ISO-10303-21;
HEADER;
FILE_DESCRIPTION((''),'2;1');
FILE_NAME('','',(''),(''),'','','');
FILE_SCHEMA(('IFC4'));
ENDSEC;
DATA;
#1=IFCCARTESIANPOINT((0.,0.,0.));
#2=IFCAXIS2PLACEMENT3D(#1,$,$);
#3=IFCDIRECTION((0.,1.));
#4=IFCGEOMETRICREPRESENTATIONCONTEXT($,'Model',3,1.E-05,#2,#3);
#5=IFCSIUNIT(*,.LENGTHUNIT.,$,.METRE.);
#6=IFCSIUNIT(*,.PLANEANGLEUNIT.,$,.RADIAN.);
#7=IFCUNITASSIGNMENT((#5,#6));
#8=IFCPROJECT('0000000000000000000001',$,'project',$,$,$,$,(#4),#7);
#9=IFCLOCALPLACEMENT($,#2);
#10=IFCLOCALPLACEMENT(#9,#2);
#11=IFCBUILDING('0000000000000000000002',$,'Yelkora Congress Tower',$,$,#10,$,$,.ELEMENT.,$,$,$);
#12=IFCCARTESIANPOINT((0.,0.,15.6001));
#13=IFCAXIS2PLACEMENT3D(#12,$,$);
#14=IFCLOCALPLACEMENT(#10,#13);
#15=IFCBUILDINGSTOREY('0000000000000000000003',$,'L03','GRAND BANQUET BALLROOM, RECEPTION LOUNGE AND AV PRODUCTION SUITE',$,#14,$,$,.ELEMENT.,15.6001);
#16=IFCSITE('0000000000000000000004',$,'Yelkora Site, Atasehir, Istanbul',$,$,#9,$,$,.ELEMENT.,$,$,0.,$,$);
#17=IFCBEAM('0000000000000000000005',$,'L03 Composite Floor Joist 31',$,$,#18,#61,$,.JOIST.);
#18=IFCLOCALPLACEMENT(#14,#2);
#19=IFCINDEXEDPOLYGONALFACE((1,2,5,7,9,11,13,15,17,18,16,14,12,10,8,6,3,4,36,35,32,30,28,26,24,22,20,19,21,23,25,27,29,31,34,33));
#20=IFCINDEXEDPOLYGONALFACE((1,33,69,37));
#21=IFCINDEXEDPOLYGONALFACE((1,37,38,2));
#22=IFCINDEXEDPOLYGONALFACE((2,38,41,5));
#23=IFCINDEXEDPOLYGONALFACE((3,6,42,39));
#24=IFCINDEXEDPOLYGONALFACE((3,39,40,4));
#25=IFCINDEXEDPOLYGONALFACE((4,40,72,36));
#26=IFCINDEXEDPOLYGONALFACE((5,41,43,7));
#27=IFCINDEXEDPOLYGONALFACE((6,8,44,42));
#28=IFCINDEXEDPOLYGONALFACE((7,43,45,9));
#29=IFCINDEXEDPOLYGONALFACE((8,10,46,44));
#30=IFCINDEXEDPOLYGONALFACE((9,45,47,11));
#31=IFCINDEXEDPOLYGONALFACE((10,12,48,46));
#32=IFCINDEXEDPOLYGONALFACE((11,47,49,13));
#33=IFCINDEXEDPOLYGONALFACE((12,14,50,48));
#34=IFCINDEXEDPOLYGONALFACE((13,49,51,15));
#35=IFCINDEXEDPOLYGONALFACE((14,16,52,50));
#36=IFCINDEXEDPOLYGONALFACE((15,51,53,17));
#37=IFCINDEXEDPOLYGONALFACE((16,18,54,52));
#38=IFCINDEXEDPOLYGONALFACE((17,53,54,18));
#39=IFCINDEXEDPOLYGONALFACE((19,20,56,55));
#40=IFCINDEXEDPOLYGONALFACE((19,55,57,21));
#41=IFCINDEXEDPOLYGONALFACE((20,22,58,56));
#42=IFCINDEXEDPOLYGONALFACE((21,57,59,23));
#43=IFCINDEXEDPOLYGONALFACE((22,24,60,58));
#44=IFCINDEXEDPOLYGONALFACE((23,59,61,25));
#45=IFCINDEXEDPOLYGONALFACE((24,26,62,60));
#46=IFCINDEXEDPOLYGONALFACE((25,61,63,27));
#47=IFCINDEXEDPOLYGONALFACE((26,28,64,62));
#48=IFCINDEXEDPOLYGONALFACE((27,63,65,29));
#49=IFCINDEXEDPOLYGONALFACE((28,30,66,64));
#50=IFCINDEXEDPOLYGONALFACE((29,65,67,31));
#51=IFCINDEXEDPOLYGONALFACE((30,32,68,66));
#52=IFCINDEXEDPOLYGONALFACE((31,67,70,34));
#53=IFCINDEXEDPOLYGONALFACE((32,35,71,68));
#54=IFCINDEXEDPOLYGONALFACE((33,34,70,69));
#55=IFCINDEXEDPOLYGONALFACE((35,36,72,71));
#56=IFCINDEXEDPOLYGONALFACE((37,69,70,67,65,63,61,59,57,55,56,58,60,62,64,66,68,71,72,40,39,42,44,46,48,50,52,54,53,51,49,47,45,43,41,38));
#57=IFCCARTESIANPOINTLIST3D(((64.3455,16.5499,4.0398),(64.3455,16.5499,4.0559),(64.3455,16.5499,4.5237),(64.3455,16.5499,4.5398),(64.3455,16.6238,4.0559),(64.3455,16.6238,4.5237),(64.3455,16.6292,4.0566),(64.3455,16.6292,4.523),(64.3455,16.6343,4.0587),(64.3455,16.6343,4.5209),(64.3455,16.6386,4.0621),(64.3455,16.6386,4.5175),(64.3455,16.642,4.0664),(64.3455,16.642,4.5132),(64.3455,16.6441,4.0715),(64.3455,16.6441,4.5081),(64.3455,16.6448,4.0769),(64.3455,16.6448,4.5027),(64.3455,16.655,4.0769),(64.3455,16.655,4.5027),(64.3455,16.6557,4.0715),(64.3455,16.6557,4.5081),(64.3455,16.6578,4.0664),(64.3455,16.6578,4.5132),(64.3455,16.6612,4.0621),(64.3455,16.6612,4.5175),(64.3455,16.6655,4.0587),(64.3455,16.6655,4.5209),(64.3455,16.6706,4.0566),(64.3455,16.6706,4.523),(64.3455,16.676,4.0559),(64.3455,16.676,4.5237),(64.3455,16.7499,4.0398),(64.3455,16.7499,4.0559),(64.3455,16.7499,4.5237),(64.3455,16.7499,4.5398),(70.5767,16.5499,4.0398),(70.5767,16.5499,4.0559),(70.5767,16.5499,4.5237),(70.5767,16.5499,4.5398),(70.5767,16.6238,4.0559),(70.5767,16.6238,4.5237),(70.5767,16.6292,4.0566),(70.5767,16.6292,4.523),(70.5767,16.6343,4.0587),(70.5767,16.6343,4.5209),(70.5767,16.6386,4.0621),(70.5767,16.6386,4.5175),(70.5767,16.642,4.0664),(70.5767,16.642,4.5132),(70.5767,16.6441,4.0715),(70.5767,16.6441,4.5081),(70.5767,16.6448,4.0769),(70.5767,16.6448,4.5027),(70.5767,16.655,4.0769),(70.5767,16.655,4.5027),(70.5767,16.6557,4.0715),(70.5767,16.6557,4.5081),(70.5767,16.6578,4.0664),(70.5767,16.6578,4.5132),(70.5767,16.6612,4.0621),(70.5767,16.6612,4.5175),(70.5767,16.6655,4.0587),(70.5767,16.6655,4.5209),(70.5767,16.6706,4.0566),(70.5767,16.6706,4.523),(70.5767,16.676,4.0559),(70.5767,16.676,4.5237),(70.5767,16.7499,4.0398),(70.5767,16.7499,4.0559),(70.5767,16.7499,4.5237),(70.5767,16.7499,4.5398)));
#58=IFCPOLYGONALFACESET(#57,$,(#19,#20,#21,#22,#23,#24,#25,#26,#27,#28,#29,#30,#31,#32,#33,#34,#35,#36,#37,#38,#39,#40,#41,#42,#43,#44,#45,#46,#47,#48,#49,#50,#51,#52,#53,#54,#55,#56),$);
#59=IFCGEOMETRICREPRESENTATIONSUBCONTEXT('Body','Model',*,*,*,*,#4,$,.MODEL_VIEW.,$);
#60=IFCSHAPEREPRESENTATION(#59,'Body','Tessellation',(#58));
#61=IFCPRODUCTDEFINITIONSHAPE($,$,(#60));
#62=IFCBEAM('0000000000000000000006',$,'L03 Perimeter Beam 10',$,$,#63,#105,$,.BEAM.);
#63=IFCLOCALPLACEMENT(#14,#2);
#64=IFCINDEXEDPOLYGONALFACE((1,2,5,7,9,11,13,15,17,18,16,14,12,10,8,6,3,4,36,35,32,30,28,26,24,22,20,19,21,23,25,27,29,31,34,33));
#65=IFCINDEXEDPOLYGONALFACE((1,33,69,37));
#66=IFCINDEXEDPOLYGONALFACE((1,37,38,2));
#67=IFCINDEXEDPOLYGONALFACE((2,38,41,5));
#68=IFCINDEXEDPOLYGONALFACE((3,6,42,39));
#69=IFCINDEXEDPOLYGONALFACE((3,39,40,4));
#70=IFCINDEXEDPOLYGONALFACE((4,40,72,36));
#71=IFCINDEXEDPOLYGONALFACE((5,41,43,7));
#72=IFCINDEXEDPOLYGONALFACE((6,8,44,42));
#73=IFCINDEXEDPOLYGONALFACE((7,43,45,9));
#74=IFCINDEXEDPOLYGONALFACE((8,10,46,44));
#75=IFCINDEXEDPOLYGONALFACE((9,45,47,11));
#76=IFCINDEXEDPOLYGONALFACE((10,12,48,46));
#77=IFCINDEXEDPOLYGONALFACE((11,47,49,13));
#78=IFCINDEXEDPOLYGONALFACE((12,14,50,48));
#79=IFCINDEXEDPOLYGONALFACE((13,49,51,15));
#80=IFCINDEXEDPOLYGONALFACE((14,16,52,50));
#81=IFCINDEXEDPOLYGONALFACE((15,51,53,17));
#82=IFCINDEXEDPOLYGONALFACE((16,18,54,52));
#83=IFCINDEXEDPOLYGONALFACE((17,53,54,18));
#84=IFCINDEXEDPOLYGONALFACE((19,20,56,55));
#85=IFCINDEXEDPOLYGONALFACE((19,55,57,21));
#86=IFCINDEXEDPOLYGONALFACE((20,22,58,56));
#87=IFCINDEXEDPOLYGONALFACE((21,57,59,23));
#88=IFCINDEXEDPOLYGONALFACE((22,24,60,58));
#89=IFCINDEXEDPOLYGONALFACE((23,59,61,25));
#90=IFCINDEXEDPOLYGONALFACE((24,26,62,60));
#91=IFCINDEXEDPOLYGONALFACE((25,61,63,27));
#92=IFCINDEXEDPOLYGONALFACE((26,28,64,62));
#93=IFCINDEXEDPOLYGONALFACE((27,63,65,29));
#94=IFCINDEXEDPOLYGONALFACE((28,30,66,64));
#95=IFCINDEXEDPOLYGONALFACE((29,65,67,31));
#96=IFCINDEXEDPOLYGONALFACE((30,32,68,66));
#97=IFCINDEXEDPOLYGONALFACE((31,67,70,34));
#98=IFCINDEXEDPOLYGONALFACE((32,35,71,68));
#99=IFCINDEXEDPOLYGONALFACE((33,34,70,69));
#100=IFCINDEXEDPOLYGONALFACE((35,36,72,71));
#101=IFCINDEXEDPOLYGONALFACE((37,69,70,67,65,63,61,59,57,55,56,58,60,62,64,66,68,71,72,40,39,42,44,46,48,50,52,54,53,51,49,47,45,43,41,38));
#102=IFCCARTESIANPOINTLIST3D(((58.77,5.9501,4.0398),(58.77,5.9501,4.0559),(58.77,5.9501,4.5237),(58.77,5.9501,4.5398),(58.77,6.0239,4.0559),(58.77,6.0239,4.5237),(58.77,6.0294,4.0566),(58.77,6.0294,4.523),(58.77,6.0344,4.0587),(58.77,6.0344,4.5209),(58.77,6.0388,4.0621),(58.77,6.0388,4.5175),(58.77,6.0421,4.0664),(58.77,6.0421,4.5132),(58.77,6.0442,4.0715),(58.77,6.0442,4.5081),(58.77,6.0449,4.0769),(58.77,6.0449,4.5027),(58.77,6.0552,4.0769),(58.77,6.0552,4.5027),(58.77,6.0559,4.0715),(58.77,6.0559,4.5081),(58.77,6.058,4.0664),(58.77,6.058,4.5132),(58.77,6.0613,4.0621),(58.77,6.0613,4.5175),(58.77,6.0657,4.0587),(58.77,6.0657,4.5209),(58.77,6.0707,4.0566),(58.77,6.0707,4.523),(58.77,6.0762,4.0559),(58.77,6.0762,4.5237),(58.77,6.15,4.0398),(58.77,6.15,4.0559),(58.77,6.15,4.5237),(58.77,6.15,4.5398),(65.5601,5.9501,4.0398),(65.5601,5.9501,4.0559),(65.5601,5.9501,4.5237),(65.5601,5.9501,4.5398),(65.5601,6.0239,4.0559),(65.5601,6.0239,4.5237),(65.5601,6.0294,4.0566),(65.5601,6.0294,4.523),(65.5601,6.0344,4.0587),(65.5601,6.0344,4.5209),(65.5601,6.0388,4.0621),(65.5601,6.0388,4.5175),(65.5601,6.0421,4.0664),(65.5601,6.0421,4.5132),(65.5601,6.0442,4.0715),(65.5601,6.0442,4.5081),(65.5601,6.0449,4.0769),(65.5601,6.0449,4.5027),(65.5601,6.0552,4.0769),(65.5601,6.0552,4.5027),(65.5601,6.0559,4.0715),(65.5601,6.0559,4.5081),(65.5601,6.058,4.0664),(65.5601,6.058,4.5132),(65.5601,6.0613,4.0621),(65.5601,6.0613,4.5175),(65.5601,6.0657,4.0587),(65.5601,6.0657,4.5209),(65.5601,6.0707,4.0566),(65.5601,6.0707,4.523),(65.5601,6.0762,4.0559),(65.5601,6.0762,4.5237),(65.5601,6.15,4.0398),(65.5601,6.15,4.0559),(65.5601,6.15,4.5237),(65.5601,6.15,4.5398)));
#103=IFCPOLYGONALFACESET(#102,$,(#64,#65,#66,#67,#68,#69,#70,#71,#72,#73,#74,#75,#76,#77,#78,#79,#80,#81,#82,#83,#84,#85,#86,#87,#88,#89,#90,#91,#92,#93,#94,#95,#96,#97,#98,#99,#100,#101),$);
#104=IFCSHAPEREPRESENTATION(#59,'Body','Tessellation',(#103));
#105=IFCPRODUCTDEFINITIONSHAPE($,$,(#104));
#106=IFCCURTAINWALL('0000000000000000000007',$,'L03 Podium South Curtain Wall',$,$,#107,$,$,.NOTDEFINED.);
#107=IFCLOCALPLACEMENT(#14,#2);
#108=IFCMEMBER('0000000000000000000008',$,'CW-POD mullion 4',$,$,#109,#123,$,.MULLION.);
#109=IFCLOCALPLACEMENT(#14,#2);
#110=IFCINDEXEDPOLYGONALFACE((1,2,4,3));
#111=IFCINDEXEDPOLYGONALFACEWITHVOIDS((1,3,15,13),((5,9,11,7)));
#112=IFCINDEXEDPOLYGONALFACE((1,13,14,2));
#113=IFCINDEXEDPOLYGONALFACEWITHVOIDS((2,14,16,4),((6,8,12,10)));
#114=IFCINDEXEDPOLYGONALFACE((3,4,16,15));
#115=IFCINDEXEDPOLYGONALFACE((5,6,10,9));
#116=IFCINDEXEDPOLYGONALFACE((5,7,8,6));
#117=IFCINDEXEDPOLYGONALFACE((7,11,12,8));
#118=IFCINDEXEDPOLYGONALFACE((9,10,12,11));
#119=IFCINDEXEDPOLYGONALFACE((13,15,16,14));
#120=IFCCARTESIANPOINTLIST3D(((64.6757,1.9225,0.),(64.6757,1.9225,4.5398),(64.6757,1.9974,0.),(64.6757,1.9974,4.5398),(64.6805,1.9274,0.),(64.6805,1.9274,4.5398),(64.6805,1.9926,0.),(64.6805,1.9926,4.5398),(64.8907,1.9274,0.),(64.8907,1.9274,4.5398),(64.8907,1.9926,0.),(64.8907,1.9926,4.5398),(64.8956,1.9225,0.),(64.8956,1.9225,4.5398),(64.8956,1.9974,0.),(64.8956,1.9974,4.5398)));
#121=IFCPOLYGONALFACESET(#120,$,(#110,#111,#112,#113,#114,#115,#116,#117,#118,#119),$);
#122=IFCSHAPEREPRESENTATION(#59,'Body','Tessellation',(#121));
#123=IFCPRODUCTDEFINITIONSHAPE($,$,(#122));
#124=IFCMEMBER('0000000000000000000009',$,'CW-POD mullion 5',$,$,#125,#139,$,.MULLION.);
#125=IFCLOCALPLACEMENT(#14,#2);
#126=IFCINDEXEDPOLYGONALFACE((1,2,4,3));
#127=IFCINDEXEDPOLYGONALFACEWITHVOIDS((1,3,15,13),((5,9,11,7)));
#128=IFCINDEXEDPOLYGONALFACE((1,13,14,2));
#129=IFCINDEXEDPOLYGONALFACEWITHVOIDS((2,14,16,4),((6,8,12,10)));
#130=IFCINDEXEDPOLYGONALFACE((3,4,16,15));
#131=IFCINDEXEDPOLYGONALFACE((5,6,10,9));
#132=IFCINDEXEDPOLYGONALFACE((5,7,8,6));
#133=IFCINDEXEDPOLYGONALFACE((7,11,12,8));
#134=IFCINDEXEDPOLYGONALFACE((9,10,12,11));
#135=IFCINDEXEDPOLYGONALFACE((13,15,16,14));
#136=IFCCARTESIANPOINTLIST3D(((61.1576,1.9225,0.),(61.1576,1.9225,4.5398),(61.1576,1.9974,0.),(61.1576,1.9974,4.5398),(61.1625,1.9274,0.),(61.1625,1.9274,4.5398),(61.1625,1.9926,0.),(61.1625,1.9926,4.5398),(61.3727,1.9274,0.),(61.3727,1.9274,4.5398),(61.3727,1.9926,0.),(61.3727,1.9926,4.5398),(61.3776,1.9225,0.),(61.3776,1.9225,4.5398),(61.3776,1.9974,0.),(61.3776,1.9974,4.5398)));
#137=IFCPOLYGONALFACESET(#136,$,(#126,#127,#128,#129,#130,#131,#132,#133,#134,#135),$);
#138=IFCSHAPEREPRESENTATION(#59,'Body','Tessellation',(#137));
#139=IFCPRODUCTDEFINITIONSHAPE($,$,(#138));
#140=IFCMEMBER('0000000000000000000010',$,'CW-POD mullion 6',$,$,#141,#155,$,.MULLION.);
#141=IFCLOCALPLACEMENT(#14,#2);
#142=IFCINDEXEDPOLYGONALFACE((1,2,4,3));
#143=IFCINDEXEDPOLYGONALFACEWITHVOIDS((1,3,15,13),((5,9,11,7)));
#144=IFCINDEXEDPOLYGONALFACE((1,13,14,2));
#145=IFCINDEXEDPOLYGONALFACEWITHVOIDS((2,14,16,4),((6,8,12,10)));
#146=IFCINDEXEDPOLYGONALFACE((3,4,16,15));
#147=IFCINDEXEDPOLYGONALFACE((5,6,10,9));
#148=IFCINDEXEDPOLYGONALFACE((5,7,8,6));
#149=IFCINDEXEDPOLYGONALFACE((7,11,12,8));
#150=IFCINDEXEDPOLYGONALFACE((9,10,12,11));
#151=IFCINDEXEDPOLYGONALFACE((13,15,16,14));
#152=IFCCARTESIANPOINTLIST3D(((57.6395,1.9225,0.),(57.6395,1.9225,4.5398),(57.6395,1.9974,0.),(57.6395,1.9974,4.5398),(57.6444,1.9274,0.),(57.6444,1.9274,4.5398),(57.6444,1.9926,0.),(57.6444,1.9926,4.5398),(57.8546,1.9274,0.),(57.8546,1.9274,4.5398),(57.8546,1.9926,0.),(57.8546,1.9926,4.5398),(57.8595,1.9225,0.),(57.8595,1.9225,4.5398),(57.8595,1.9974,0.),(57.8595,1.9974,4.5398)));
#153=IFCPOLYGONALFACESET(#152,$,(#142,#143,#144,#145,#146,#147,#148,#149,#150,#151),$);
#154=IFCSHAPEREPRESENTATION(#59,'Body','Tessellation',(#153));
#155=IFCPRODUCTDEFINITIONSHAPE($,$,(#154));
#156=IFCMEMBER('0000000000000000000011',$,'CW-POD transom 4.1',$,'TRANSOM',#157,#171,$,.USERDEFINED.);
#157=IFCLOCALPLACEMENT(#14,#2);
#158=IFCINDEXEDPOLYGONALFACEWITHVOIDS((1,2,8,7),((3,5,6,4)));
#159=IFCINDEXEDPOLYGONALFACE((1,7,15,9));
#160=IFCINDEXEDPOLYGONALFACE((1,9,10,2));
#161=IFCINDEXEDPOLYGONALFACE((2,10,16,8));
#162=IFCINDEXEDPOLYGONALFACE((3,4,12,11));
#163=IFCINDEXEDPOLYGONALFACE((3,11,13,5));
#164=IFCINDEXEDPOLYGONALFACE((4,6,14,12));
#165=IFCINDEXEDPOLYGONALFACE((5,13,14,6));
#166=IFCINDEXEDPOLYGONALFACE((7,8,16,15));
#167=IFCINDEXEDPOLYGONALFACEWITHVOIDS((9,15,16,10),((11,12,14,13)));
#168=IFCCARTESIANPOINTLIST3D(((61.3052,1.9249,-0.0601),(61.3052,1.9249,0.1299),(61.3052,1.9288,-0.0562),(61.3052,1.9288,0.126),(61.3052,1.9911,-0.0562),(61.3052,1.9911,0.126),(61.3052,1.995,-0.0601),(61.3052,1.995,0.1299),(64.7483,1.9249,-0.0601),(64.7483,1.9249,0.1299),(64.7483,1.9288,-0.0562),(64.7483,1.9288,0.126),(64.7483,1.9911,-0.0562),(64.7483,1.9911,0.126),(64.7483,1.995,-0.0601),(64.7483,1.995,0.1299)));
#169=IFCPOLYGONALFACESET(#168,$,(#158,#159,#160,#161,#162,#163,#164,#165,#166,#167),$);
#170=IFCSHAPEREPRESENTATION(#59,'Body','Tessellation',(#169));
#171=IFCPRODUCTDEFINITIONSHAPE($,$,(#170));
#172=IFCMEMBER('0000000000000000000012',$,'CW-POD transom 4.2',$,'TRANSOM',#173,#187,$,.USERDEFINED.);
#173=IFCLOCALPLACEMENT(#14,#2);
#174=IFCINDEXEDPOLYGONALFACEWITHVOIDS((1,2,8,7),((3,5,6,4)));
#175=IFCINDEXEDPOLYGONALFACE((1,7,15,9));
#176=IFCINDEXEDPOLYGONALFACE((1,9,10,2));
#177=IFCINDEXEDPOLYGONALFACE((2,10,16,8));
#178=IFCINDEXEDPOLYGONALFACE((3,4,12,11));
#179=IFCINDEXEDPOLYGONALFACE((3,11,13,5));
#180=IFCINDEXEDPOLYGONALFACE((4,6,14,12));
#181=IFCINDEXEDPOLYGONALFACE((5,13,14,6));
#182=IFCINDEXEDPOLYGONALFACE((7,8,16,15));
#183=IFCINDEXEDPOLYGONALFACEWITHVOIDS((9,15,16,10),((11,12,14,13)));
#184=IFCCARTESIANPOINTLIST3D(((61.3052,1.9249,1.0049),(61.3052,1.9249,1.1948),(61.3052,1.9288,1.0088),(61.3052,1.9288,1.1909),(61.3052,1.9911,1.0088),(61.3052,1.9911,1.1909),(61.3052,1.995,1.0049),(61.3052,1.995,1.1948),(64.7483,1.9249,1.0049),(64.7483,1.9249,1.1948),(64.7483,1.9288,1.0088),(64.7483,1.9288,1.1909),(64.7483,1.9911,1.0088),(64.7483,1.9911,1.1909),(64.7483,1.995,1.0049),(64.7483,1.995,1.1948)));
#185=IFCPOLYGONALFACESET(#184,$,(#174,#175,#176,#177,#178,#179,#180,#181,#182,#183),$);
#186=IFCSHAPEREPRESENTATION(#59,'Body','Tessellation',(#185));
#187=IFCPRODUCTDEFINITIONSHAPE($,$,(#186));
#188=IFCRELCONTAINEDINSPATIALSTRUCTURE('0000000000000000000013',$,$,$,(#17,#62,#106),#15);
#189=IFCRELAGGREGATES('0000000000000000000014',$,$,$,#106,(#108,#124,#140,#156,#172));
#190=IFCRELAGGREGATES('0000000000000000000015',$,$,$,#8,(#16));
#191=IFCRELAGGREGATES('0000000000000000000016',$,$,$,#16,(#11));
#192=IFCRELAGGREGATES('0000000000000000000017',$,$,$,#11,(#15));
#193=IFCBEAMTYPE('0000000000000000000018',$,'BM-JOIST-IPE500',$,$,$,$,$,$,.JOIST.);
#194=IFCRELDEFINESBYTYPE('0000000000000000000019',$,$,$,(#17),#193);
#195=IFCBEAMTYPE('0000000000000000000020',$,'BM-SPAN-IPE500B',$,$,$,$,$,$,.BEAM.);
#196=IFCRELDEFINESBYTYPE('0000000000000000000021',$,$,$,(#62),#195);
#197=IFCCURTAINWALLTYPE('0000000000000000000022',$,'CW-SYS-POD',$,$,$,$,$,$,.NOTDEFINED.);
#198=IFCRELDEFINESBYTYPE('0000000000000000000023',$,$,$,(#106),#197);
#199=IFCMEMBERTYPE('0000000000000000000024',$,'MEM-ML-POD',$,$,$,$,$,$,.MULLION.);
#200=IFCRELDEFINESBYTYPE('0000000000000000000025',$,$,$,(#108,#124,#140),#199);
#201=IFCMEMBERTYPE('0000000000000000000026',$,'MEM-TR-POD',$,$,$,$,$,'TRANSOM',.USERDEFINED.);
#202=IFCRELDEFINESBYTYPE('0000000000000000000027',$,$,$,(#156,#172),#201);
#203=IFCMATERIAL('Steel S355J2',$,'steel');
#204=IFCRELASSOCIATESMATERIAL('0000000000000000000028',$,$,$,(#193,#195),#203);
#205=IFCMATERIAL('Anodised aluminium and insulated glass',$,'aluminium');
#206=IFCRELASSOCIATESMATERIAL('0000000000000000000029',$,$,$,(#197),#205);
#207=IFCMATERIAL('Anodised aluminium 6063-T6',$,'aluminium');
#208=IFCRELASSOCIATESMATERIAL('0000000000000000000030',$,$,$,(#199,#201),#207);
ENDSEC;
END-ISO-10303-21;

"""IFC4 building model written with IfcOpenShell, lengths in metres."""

from ifc_helpers import new_model, si_unit, direction, frame, origin, origin_2d, place, context, subcontext, project, spatial, hollow_rectangle, i_section, extrude, material, material_profile, profile_set, type_object, element, aggregate, save


model = new_model("IFC4")

# Units and contexts
model_context = context("Model", 3, precision=1e-05, world=origin(), true_north=direction((0.0, 1.0)))
body_context = subcontext(model_context, "Body", "Model", "MODEL_VIEW")
ifc_project = project(units=[si_unit("LENGTHUNIT", "METRE"), si_unit("PLANEANGLEUNIT", "RADIAN")], contexts=[model_context])

# Site, building, storey
site_placement = place(None, origin())
site = spatial("IfcSite", under=ifc_project, at=site_placement, Name="Yelkora Site, Atasehir, Istanbul", CompositionType="ELEMENT", RefElevation=0.0)
building_placement = place(site_placement, origin())
building = spatial("IfcBuilding", under=site, at=building_placement, Name="Yelkora Congress Tower", CompositionType="ELEMENT")
storey_placement = place(building_placement, frame((0.0, 0.0, 15.6001)))
storey = spatial("IfcBuildingStorey", under=building, at=storey_placement, Name="L03", Description="GRAND BANQUET BALLROOM, RECEPTION LOUNGE AND AV PRODUCTION SUITE", CompositionType="ELEMENT", Elevation=15.6001)

# Beams
ifc_material_1 = material(Name="Steel S355J2", Category="steel")
ifc_material_profile_1 = material_profile(ifc_material_1, i_section(OverallWidth=0.2, OverallDepth=0.5, WebThickness=0.0103, FlangeThickness=0.0161, FilletRadius=0.021, at=origin_2d()), Name="IPE 500")
ifc_profile_set_1 = profile_set([ifc_material_profile_1], Name="Steel S355J2")
beam_type_1 = type_object("IfcBeamType", Name="BM-JOIST-IPE500", PredefinedType="JOIST", material=ifc_profile_set_1)
beam_1_placement = place(storey_placement, frame((64.3455, 16.6499, 4.2898), z_axis=(1.0, 0.0, 0.0), x_axis=(0.0, 1.0, 0.0)))
element("IfcBeam", 1, at=beam_1_placement, inside=storey, type_object=beam_type_1, Name="L03 Composite Floor Joist 31", PredefinedType="JOIST", context=body_context, shape_type="SweptSolid", body=[
    extrude(i_section(OverallWidth=0.2, OverallDepth=0.5, WebThickness=0.0103, FlangeThickness=0.0161, FilletRadius=0.021, at=origin_2d()), origin(), (0.0, 0.0, 1.0), 6.2312),
])
ifc_material_profile_2 = material_profile(ifc_material_1, i_section(OverallWidth=0.2, OverallDepth=0.5, WebThickness=0.0103, FlangeThickness=0.0161, FilletRadius=0.021, at=origin_2d()), Name="IPE 500")
ifc_profile_set_2 = profile_set([ifc_material_profile_2], Name="Steel S355J2")
beam_type_2 = type_object("IfcBeamType", Name="BM-SPAN-IPE500B", PredefinedType="BEAM", material=ifc_profile_set_2)
beam_2_placement = place(storey_placement, frame((58.77, 6.05, 4.2898), z_axis=(1.0, 0.0, 0.0), x_axis=(0.0, 1.0, 0.0)))
element("IfcBeam", 2, at=beam_2_placement, inside=storey, type_object=beam_type_2, Name="L03 Perimeter Beam 10", PredefinedType="BEAM", context=body_context, shape_type="SweptSolid", body=[
    extrude(i_section(OverallWidth=0.2, OverallDepth=0.5, WebThickness=0.0103, FlangeThickness=0.0161, FilletRadius=0.021, at=origin_2d()), origin(), (0.0, 0.0, 1.0), 6.79),
])

# Curtain wall, members
ifc_material_2 = material(Name="Anodised aluminium and insulated glass", Category="aluminium")
curtain_wall_type = type_object("IfcCurtainWallType", Name="CW-SYS-POD", PredefinedType="NOTDEFINED", material=ifc_material_2)
curtain_wall_placement = place(storey_placement, origin())
curtain_wall = element("IfcCurtainWall", 3, at=curtain_wall_placement, inside=storey, type_object=curtain_wall_type, Name="L03 Podium South Curtain Wall", PredefinedType="NOTDEFINED")
ifc_material_3 = material(Name="Anodised aluminium 6063-T6", Category="aluminium")
ifc_material_profile_3 = material_profile(ifc_material_3, hollow_rectangle(XDim=0.075, YDim=0.22, WallThickness=0.0049, at=origin_2d()), Name="ALU 75x220x5")
ifc_profile_set_3 = profile_set([ifc_material_profile_3], Name="Anodised aluminium 6063-T6")
member_type_1 = type_object("IfcMemberType", Name="MEM-ML-POD", PredefinedType="MULLION", material=ifc_profile_set_3)
member_1_placement = place(storey_placement, frame((64.7856, 1.96, 0.0), z_axis=(0.0, 0.0, 1.0), x_axis=(0.0, -1.0, 0.0)))
member_1 = element("IfcMember", 4, at=member_1_placement, type_object=member_type_1, Name="CW-POD mullion 4", PredefinedType="MULLION", context=body_context, shape_type="SweptSolid", body=[
    extrude(hollow_rectangle(XDim=0.075, YDim=0.22, WallThickness=0.0049, at=origin_2d()), origin(), (0.0, 0.0, 1.0), 4.5398),
])
member_2_placement = place(storey_placement, frame((61.2676, 1.96, 0.0), z_axis=(0.0, 0.0, 1.0), x_axis=(0.0, -1.0, 0.0)))
member_2 = element("IfcMember", 5, at=member_2_placement, type_object=member_type_1, Name="CW-POD mullion 5", PredefinedType="MULLION", context=body_context, shape_type="SweptSolid", body=[
    extrude(hollow_rectangle(XDim=0.075, YDim=0.22, WallThickness=0.0049, at=origin_2d()), origin(), (0.0, 0.0, 1.0), 4.5398),
])
member_3_placement = place(storey_placement, frame((57.7495, 1.96, 0.0), z_axis=(0.0, 0.0, 1.0), x_axis=(0.0, -1.0, 0.0)))
member_3 = element("IfcMember", 6, at=member_3_placement, type_object=member_type_1, Name="CW-POD mullion 6", PredefinedType="MULLION", context=body_context, shape_type="SweptSolid", body=[
    extrude(hollow_rectangle(XDim=0.075, YDim=0.22, WallThickness=0.0049, at=origin_2d()), origin(), (0.0, 0.0, 1.0), 4.5398),
])
ifc_material_profile_4 = material_profile(ifc_material_3, hollow_rectangle(XDim=0.0701, YDim=0.1899, WallThickness=0.0039, at=origin_2d()), Name="ALU 70x190x4")
ifc_profile_set_4 = profile_set([ifc_material_profile_4], Name="Anodised aluminium 6063-T6")
member_type_2 = type_object("IfcMemberType", Name="MEM-TR-POD", ElementType="TRANSOM", PredefinedType="USERDEFINED", material=ifc_profile_set_4)
member_4_placement = place(storey_placement, frame((64.7483, 1.96, 0.0349), z_axis=(-1.0, 0.0, 0.0), x_axis=(0.0, -1.0, 0.0)))
member_4 = element("IfcMember", 7, at=member_4_placement, type_object=member_type_2, Name="CW-POD transom 4.1", ObjectType="TRANSOM", PredefinedType="USERDEFINED", context=body_context, shape_type="SweptSolid", body=[
    extrude(hollow_rectangle(XDim=0.0701, YDim=0.1899, WallThickness=0.0039, at=origin_2d()), origin(), (0.0, 0.0, 1.0), 3.4431),
])
member_5_placement = place(storey_placement, frame((64.7483, 1.96, 1.0999), z_axis=(-1.0, 0.0, 0.0), x_axis=(0.0, -1.0, 0.0)))
member_5 = element("IfcMember", 8, at=member_5_placement, type_object=member_type_2, Name="CW-POD transom 4.2", ObjectType="TRANSOM", PredefinedType="USERDEFINED", context=body_context, shape_type="SweptSolid", body=[
    extrude(hollow_rectangle(XDim=0.0701, YDim=0.1899, WallThickness=0.0039, at=origin_2d()), origin(), (0.0, 0.0, 1.0), 3.4431),
])
aggregate(curtain_wall, [member_1, member_2, member_3, member_4, member_5])

save(model, "model.ifc")
